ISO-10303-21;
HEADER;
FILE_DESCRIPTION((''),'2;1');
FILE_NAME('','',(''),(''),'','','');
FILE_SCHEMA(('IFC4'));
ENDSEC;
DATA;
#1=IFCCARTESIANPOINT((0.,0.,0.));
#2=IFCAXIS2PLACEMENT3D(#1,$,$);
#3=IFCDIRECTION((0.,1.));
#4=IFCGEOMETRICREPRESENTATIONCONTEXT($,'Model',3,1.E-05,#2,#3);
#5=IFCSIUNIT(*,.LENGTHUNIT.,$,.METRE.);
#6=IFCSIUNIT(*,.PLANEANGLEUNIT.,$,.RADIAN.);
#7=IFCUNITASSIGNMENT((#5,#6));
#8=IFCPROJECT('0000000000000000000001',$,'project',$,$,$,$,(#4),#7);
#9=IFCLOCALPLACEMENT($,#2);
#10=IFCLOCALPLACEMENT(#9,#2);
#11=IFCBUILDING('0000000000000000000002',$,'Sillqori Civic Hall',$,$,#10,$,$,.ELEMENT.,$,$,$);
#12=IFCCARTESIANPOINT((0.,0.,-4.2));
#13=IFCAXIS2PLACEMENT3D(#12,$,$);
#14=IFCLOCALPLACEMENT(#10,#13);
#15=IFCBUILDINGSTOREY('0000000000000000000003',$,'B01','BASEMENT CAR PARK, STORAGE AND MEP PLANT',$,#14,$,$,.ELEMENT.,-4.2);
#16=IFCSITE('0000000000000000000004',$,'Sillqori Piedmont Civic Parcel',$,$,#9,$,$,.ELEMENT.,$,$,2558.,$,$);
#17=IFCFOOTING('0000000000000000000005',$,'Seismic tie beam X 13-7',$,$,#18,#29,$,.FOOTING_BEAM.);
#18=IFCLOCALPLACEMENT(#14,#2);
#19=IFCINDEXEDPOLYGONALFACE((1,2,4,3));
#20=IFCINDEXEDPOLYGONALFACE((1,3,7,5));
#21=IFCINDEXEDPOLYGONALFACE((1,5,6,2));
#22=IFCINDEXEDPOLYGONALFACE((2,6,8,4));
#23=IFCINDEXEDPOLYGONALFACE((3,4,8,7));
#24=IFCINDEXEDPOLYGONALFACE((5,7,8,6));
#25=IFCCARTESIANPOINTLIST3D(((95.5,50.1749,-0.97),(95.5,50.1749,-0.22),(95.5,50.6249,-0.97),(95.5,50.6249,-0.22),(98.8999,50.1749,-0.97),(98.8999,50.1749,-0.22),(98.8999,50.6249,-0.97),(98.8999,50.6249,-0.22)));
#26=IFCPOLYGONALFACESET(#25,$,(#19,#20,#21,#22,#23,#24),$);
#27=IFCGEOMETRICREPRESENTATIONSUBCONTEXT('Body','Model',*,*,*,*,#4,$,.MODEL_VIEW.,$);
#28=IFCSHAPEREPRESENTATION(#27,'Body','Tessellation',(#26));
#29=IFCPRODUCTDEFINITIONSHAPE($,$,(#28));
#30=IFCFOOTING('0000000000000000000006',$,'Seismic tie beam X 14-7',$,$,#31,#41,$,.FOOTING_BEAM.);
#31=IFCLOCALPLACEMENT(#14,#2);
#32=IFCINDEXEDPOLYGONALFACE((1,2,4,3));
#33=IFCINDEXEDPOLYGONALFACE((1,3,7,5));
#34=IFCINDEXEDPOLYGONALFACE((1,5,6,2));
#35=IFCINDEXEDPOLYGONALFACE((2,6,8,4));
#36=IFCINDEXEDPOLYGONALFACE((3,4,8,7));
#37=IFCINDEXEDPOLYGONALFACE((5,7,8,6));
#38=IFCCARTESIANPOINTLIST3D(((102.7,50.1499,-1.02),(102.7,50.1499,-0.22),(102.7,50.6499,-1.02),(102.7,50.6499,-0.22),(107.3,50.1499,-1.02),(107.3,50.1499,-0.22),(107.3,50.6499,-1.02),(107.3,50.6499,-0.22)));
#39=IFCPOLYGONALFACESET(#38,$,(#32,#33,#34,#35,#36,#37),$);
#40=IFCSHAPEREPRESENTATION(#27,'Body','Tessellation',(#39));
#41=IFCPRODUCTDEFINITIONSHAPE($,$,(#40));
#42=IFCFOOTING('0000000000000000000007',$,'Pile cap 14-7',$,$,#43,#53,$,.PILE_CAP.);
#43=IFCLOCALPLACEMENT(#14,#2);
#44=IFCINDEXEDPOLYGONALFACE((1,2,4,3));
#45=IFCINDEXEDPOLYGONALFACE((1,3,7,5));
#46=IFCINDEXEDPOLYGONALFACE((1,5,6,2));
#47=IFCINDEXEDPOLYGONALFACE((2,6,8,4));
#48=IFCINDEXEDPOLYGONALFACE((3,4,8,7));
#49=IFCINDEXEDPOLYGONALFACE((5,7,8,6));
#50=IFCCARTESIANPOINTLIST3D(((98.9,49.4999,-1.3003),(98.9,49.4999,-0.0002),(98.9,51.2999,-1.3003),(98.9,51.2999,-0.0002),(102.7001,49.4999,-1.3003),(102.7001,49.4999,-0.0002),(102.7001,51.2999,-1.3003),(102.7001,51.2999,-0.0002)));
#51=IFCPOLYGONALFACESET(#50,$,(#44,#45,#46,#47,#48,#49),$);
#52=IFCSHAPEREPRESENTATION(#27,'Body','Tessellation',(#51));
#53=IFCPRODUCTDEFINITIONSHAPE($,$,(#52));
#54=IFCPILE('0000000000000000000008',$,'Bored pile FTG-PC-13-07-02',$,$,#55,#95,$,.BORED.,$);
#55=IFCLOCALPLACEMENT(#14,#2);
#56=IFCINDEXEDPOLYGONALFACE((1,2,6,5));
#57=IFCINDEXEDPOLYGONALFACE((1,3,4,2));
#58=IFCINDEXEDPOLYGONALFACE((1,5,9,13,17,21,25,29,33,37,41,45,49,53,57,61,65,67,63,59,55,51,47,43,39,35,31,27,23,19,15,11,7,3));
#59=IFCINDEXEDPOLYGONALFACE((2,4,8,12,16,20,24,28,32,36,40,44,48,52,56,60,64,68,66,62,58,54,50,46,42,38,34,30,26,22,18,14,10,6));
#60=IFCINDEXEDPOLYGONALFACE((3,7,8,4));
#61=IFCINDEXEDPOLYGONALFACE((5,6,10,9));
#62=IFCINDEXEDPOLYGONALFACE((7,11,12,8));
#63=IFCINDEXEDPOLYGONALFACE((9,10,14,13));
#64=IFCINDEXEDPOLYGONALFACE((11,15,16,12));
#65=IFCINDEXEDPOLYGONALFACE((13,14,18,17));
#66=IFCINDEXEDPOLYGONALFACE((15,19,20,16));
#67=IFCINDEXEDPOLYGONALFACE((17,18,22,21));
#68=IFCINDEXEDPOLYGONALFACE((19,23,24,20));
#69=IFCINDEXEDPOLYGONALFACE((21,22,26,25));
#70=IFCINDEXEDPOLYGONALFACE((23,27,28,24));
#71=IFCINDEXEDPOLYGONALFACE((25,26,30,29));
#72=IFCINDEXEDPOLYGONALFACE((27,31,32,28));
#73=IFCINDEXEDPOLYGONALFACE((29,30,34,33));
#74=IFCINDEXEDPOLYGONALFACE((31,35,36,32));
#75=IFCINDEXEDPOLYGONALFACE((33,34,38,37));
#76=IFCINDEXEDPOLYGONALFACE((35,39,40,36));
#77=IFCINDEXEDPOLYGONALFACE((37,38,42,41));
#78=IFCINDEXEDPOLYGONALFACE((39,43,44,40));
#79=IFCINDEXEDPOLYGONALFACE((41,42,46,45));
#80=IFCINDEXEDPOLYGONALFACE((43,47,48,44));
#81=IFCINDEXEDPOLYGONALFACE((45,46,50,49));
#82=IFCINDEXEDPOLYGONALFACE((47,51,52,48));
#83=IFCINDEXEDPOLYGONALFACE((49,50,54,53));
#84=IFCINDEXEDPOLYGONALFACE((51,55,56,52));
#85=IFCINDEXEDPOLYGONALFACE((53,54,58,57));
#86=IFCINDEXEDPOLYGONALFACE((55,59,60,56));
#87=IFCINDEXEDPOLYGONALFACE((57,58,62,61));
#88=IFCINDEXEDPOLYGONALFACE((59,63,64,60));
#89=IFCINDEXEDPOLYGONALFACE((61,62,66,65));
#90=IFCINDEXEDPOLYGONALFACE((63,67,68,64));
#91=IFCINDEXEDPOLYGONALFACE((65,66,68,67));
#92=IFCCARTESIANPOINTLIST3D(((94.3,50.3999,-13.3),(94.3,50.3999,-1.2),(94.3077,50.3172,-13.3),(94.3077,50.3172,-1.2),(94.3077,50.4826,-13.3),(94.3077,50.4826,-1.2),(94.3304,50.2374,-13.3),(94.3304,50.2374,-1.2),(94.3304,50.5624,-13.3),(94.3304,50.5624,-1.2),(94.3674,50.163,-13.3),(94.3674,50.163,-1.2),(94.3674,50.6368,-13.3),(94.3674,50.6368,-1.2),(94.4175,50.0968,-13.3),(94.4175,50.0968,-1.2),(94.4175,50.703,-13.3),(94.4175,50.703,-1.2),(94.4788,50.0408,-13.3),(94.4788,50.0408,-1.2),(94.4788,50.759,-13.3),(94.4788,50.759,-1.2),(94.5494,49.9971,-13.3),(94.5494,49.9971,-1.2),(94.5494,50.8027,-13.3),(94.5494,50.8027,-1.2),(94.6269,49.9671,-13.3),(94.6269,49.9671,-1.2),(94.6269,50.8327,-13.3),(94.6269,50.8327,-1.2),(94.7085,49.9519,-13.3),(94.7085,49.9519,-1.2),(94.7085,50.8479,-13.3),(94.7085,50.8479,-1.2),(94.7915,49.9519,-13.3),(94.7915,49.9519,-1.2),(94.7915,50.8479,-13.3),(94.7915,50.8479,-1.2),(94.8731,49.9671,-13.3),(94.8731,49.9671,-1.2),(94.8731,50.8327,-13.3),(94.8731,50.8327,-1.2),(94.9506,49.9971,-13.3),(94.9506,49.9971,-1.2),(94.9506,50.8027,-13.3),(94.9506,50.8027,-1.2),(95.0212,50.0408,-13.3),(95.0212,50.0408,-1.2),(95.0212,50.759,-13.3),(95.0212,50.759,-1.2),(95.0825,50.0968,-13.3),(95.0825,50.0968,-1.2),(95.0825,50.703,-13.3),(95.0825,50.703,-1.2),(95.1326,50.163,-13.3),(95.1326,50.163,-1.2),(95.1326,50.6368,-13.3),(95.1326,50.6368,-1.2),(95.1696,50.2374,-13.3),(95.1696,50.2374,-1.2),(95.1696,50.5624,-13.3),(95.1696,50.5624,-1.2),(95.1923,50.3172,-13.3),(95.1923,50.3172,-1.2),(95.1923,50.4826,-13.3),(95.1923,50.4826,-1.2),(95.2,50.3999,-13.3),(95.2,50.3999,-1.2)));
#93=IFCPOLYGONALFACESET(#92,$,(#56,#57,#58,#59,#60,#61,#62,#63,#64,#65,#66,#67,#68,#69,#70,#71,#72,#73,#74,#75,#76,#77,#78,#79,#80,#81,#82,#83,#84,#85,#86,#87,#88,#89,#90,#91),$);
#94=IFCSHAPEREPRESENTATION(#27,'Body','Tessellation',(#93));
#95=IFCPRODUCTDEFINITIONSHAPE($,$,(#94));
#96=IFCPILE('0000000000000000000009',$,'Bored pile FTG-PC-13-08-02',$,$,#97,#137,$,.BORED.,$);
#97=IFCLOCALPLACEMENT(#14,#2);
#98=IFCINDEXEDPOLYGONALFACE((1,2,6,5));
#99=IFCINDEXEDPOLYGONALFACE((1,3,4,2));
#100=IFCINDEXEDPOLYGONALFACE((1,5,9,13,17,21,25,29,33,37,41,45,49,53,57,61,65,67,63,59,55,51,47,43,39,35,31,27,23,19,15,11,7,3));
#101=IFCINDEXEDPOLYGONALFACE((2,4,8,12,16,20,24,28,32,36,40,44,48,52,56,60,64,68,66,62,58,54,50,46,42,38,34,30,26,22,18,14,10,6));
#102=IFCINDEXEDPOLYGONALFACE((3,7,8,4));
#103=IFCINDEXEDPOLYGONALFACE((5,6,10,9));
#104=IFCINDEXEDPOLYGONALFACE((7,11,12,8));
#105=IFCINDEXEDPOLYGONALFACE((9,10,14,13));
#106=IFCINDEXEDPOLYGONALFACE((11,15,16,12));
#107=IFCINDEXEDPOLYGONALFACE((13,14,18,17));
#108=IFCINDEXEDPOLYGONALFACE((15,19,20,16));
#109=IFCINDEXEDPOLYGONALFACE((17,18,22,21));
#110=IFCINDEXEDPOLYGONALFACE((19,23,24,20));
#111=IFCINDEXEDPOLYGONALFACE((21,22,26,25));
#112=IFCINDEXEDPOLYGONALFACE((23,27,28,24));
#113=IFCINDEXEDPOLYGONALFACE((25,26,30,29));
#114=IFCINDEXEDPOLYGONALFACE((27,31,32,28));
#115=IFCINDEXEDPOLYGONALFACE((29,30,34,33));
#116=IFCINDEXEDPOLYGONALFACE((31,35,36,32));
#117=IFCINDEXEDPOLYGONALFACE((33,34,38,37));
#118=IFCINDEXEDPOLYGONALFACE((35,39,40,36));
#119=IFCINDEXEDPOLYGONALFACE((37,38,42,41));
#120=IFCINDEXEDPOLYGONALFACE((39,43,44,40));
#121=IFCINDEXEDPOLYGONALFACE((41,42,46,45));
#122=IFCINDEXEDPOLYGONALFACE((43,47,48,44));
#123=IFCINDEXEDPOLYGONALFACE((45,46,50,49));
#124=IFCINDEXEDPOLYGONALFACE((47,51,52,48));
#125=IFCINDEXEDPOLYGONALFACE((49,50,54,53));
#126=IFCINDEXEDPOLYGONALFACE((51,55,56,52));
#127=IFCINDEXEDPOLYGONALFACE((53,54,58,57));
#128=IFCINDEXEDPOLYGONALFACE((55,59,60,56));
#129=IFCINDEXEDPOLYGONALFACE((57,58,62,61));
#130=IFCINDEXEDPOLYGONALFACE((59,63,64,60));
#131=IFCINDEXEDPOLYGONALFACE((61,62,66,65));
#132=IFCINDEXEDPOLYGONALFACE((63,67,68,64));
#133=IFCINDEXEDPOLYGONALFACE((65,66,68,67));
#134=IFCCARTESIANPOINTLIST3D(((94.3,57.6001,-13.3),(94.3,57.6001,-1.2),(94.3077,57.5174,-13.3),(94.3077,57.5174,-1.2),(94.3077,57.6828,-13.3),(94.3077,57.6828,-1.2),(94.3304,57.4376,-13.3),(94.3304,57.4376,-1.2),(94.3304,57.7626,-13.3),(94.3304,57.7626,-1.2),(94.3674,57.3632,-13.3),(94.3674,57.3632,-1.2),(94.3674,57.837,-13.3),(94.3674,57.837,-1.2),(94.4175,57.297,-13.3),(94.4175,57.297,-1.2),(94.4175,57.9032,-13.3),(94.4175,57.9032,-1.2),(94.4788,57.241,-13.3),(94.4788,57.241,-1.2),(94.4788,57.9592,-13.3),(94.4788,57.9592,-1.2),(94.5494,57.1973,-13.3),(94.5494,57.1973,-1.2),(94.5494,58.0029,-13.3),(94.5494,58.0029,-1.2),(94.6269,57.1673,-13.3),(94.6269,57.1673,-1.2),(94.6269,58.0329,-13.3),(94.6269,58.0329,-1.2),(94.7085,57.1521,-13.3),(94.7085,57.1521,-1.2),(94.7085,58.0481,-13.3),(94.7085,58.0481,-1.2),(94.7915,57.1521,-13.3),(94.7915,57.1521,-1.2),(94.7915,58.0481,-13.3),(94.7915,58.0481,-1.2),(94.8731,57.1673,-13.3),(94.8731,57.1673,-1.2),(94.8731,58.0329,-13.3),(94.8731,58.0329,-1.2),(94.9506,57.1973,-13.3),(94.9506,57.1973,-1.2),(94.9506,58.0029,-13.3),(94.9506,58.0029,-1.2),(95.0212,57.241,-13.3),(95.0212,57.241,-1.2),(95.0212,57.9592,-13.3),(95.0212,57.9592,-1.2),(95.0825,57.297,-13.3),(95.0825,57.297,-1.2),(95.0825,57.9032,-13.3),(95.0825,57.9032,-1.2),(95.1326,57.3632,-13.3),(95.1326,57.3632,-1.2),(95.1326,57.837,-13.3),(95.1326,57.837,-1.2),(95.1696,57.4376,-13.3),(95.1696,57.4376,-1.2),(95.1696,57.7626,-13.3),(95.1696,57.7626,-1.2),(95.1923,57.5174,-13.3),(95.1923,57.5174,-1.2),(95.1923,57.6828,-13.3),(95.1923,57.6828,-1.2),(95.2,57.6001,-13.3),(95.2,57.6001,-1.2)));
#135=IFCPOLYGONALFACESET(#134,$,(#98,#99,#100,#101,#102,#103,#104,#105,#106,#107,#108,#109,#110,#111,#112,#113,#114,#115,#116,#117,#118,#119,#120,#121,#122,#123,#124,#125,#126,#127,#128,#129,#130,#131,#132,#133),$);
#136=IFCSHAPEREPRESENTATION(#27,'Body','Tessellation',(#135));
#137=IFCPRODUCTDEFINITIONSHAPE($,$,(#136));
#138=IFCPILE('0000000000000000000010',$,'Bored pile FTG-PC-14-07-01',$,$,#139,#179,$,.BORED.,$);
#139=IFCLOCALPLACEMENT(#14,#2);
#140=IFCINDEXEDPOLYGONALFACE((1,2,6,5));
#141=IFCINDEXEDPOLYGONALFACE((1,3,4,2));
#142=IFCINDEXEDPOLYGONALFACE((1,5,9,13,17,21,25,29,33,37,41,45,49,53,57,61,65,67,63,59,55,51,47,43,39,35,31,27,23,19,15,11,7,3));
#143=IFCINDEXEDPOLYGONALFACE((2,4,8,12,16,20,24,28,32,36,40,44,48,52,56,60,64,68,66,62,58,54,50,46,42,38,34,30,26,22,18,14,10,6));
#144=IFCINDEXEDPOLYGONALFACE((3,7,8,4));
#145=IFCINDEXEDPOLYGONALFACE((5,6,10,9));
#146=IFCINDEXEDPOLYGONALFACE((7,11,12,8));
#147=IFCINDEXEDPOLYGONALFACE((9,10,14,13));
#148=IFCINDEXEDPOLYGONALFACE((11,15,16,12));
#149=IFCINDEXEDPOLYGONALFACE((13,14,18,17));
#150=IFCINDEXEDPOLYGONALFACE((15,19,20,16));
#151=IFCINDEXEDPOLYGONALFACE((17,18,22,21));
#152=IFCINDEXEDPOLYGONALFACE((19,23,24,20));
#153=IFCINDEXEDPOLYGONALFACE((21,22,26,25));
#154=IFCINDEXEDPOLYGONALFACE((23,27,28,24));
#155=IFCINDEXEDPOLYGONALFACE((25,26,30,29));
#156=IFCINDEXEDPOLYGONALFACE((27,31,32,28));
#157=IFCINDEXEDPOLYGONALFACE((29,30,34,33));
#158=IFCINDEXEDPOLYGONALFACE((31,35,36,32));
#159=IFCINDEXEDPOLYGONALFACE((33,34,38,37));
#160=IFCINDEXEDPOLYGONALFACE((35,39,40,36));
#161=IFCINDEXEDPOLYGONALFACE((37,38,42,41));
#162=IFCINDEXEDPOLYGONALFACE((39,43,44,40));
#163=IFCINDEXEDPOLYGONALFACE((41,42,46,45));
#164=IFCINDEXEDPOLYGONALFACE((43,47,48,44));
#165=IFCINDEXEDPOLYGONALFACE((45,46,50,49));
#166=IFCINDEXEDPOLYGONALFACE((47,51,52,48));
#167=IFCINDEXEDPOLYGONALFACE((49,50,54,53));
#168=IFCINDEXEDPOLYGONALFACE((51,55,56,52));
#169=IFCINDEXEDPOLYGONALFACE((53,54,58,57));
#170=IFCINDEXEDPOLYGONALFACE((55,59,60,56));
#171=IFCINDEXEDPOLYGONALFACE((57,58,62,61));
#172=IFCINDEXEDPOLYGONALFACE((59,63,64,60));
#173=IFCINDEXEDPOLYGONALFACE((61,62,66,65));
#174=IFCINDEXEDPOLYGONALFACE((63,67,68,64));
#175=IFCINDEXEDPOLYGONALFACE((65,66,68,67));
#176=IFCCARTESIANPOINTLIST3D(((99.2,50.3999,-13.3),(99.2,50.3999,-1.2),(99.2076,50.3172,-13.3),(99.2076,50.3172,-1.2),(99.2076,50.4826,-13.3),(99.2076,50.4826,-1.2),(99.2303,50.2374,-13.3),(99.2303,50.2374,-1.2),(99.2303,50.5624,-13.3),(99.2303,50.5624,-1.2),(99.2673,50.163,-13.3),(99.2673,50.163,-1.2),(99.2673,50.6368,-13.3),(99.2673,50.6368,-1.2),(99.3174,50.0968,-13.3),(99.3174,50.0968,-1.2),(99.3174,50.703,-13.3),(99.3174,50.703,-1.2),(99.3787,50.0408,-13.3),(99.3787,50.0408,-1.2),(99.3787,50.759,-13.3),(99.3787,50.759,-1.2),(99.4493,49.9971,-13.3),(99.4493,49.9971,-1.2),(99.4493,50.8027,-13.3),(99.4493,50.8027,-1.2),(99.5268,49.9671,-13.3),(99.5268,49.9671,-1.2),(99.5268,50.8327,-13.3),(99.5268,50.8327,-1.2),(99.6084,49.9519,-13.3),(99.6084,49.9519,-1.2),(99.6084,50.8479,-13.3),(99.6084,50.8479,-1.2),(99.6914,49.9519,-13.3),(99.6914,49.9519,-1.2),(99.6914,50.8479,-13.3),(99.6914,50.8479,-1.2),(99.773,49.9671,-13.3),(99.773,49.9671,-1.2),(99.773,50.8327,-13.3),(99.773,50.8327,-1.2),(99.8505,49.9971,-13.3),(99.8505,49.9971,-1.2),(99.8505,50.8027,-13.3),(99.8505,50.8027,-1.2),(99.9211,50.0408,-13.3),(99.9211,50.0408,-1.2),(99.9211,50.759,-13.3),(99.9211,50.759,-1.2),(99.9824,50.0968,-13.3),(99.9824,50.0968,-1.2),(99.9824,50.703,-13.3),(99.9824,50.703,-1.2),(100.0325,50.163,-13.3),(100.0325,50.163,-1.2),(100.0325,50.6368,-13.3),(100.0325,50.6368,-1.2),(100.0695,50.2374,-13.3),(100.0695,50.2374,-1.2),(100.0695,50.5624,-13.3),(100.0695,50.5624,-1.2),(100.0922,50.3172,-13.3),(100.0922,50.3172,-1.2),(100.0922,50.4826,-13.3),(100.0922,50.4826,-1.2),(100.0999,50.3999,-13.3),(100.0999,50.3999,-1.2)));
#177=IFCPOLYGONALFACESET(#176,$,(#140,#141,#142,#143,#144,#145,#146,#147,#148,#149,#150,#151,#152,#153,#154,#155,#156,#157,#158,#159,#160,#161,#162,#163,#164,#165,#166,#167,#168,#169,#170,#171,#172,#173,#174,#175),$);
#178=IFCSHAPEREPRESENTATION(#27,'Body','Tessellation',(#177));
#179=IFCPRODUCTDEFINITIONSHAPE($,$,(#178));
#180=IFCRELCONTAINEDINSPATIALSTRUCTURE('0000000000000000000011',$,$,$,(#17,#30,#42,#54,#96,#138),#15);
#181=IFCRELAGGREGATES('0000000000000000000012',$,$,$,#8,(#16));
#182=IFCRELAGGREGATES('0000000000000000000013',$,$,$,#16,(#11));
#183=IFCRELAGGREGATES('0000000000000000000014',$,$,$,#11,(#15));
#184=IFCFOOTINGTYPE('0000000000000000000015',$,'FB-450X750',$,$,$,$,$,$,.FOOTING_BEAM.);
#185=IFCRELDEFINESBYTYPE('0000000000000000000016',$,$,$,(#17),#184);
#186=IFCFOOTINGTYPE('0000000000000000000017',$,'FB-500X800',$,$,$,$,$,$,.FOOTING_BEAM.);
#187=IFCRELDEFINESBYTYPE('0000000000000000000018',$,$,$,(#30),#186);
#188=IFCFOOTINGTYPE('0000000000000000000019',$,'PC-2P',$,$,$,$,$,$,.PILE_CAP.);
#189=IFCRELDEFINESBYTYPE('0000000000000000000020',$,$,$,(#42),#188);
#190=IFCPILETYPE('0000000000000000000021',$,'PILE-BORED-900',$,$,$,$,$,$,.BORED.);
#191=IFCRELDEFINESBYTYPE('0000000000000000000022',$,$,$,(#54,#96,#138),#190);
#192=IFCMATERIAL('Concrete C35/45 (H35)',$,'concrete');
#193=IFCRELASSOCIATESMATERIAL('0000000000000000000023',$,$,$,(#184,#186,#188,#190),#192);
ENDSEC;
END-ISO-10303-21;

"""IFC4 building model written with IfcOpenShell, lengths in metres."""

from ifc_helpers import new_model, si_unit, direction, frame, origin, origin_2d, place, context, subcontext, project, spatial, rectangle, circle, extrude, material, material_profile, profile_set, type_object, element, save


model = new_model("IFC4")

# Units and contexts
model_context = context("Model", 3, precision=1e-05, world=origin(), true_north=direction((0.0, 1.0)))
body_context = subcontext(model_context, "Body", "Model", "MODEL_VIEW")
ifc_project = project(units=[si_unit("LENGTHUNIT", "METRE"), si_unit("PLANEANGLEUNIT", "RADIAN")], contexts=[model_context])

# Site, building, storey
site_placement = place(None, origin())
site = spatial("IfcSite", under=ifc_project, at=site_placement, Name="Sillqori Piedmont Civic Parcel", CompositionType="ELEMENT", RefElevation=2558.0)
building_placement = place(site_placement, origin())
building = spatial("IfcBuilding", under=site, at=building_placement, Name="Sillqori Civic Hall", CompositionType="ELEMENT")
storey_placement = place(building_placement, frame((0.0, 0.0, -4.2)))
storey = spatial("IfcBuildingStorey", under=building, at=storey_placement, Name="B01", Description="BASEMENT CAR PARK, STORAGE AND MEP PLANT", CompositionType="ELEMENT", Elevation=-4.2)

# Footings
ifc_material_1 = material(Name="Concrete C35/45 (H35)", Category="concrete")
footing_type_1 = type_object("IfcFootingType", Name="FB-450X750", PredefinedType="FOOTING_BEAM", material=ifc_material_1)
footing_1_placement = place(storey_placement, frame((97.2, 50.3999, -0.97), z_axis=(0.0, 0.0, 1.0), x_axis=(1.0, 0.0, 0.0)))
element("IfcFooting", 1, at=footing_1_placement, inside=storey, type_object=footing_type_1, Name="Seismic tie beam X 13-7", PredefinedType="FOOTING_BEAM", context=body_context, shape_type="SweptSolid", body=[
    extrude(rectangle(XDim=3.3999, YDim=0.45, at=origin_2d()), origin(), (0.0, 0.0, 1.0), 0.75),
])
footing_type_2 = type_object("IfcFootingType", Name="FB-500X800", PredefinedType="FOOTING_BEAM", material=ifc_material_1)
footing_2_placement = place(storey_placement, frame((105.0, 50.3999, -1.02), z_axis=(0.0, 0.0, 1.0), x_axis=(1.0, 0.0, 0.0)))
element("IfcFooting", 2, at=footing_2_placement, inside=storey, type_object=footing_type_2, Name="Seismic tie beam X 14-7", PredefinedType="FOOTING_BEAM", context=body_context, shape_type="SweptSolid", body=[
    extrude(rectangle(XDim=4.6001, YDim=0.5, at=origin_2d()), origin(), (0.0, 0.0, 1.0), 0.8),
])
footing_type_3 = type_object("IfcFootingType", Name="PC-2P", PredefinedType="PILE_CAP", material=ifc_material_1)
footing_3_placement = place(storey_placement, frame((100.8, 50.3999, -1.3003), z_axis=(0.0, 0.0, 1.0), x_axis=(1.0, 0.0, 0.0)))
element("IfcFooting", 3, at=footing_3_placement, inside=storey, type_object=footing_type_3, Name="Pile cap 14-7", PredefinedType="PILE_CAP", context=body_context, shape_type="SweptSolid", body=[
    extrude(rectangle(XDim=3.8, YDim=1.8, at=origin_2d()), origin(), (0.0, 0.0, 1.0), 1.3),
])

# Piles
ifc_material_profile_1 = material_profile(ifc_material_1, circle(Radius=0.45, at=origin_2d()), Name="BORED PILE 900")
ifc_profile_set_1 = profile_set([ifc_material_profile_1], Name="Concrete C35/45 (H35)")
pile_type = type_object("IfcPileType", Name="PILE-BORED-900", PredefinedType="BORED", material=ifc_profile_set_1)
for number, where, z_axis, x_axis, name in (
    (4, (94.75, 50.3999, -1.2), (0.0, 0.0, -1.0), (1.0, 0.0, 0.0), "Bored pile FTG-PC-13-07-02"),
    (5, (94.75, 57.6001, -1.2), (0.0, 0.0, -1.0), (1.0, 0.0, 0.0), "Bored pile FTG-PC-13-08-02"),
    (6, (99.6499, 50.3999, -1.2), (0.0, 0.0, -1.0), (1.0, 0.0, 0.0), "Bored pile FTG-PC-14-07-01"),
):
    element("IfcPile", number, at=place(storey_placement, frame(where, z_axis=z_axis, x_axis=x_axis)), inside=storey, type_object=pile_type, Name=name, PredefinedType="BORED", context=body_context, shape_type="SweptSolid", body=[
        extrude(circle(Radius=0.45, at=origin_2d()), origin(), (0.0, 0.0, 1.0), 12.1001),
    ])

save(model, "model.ifc")
